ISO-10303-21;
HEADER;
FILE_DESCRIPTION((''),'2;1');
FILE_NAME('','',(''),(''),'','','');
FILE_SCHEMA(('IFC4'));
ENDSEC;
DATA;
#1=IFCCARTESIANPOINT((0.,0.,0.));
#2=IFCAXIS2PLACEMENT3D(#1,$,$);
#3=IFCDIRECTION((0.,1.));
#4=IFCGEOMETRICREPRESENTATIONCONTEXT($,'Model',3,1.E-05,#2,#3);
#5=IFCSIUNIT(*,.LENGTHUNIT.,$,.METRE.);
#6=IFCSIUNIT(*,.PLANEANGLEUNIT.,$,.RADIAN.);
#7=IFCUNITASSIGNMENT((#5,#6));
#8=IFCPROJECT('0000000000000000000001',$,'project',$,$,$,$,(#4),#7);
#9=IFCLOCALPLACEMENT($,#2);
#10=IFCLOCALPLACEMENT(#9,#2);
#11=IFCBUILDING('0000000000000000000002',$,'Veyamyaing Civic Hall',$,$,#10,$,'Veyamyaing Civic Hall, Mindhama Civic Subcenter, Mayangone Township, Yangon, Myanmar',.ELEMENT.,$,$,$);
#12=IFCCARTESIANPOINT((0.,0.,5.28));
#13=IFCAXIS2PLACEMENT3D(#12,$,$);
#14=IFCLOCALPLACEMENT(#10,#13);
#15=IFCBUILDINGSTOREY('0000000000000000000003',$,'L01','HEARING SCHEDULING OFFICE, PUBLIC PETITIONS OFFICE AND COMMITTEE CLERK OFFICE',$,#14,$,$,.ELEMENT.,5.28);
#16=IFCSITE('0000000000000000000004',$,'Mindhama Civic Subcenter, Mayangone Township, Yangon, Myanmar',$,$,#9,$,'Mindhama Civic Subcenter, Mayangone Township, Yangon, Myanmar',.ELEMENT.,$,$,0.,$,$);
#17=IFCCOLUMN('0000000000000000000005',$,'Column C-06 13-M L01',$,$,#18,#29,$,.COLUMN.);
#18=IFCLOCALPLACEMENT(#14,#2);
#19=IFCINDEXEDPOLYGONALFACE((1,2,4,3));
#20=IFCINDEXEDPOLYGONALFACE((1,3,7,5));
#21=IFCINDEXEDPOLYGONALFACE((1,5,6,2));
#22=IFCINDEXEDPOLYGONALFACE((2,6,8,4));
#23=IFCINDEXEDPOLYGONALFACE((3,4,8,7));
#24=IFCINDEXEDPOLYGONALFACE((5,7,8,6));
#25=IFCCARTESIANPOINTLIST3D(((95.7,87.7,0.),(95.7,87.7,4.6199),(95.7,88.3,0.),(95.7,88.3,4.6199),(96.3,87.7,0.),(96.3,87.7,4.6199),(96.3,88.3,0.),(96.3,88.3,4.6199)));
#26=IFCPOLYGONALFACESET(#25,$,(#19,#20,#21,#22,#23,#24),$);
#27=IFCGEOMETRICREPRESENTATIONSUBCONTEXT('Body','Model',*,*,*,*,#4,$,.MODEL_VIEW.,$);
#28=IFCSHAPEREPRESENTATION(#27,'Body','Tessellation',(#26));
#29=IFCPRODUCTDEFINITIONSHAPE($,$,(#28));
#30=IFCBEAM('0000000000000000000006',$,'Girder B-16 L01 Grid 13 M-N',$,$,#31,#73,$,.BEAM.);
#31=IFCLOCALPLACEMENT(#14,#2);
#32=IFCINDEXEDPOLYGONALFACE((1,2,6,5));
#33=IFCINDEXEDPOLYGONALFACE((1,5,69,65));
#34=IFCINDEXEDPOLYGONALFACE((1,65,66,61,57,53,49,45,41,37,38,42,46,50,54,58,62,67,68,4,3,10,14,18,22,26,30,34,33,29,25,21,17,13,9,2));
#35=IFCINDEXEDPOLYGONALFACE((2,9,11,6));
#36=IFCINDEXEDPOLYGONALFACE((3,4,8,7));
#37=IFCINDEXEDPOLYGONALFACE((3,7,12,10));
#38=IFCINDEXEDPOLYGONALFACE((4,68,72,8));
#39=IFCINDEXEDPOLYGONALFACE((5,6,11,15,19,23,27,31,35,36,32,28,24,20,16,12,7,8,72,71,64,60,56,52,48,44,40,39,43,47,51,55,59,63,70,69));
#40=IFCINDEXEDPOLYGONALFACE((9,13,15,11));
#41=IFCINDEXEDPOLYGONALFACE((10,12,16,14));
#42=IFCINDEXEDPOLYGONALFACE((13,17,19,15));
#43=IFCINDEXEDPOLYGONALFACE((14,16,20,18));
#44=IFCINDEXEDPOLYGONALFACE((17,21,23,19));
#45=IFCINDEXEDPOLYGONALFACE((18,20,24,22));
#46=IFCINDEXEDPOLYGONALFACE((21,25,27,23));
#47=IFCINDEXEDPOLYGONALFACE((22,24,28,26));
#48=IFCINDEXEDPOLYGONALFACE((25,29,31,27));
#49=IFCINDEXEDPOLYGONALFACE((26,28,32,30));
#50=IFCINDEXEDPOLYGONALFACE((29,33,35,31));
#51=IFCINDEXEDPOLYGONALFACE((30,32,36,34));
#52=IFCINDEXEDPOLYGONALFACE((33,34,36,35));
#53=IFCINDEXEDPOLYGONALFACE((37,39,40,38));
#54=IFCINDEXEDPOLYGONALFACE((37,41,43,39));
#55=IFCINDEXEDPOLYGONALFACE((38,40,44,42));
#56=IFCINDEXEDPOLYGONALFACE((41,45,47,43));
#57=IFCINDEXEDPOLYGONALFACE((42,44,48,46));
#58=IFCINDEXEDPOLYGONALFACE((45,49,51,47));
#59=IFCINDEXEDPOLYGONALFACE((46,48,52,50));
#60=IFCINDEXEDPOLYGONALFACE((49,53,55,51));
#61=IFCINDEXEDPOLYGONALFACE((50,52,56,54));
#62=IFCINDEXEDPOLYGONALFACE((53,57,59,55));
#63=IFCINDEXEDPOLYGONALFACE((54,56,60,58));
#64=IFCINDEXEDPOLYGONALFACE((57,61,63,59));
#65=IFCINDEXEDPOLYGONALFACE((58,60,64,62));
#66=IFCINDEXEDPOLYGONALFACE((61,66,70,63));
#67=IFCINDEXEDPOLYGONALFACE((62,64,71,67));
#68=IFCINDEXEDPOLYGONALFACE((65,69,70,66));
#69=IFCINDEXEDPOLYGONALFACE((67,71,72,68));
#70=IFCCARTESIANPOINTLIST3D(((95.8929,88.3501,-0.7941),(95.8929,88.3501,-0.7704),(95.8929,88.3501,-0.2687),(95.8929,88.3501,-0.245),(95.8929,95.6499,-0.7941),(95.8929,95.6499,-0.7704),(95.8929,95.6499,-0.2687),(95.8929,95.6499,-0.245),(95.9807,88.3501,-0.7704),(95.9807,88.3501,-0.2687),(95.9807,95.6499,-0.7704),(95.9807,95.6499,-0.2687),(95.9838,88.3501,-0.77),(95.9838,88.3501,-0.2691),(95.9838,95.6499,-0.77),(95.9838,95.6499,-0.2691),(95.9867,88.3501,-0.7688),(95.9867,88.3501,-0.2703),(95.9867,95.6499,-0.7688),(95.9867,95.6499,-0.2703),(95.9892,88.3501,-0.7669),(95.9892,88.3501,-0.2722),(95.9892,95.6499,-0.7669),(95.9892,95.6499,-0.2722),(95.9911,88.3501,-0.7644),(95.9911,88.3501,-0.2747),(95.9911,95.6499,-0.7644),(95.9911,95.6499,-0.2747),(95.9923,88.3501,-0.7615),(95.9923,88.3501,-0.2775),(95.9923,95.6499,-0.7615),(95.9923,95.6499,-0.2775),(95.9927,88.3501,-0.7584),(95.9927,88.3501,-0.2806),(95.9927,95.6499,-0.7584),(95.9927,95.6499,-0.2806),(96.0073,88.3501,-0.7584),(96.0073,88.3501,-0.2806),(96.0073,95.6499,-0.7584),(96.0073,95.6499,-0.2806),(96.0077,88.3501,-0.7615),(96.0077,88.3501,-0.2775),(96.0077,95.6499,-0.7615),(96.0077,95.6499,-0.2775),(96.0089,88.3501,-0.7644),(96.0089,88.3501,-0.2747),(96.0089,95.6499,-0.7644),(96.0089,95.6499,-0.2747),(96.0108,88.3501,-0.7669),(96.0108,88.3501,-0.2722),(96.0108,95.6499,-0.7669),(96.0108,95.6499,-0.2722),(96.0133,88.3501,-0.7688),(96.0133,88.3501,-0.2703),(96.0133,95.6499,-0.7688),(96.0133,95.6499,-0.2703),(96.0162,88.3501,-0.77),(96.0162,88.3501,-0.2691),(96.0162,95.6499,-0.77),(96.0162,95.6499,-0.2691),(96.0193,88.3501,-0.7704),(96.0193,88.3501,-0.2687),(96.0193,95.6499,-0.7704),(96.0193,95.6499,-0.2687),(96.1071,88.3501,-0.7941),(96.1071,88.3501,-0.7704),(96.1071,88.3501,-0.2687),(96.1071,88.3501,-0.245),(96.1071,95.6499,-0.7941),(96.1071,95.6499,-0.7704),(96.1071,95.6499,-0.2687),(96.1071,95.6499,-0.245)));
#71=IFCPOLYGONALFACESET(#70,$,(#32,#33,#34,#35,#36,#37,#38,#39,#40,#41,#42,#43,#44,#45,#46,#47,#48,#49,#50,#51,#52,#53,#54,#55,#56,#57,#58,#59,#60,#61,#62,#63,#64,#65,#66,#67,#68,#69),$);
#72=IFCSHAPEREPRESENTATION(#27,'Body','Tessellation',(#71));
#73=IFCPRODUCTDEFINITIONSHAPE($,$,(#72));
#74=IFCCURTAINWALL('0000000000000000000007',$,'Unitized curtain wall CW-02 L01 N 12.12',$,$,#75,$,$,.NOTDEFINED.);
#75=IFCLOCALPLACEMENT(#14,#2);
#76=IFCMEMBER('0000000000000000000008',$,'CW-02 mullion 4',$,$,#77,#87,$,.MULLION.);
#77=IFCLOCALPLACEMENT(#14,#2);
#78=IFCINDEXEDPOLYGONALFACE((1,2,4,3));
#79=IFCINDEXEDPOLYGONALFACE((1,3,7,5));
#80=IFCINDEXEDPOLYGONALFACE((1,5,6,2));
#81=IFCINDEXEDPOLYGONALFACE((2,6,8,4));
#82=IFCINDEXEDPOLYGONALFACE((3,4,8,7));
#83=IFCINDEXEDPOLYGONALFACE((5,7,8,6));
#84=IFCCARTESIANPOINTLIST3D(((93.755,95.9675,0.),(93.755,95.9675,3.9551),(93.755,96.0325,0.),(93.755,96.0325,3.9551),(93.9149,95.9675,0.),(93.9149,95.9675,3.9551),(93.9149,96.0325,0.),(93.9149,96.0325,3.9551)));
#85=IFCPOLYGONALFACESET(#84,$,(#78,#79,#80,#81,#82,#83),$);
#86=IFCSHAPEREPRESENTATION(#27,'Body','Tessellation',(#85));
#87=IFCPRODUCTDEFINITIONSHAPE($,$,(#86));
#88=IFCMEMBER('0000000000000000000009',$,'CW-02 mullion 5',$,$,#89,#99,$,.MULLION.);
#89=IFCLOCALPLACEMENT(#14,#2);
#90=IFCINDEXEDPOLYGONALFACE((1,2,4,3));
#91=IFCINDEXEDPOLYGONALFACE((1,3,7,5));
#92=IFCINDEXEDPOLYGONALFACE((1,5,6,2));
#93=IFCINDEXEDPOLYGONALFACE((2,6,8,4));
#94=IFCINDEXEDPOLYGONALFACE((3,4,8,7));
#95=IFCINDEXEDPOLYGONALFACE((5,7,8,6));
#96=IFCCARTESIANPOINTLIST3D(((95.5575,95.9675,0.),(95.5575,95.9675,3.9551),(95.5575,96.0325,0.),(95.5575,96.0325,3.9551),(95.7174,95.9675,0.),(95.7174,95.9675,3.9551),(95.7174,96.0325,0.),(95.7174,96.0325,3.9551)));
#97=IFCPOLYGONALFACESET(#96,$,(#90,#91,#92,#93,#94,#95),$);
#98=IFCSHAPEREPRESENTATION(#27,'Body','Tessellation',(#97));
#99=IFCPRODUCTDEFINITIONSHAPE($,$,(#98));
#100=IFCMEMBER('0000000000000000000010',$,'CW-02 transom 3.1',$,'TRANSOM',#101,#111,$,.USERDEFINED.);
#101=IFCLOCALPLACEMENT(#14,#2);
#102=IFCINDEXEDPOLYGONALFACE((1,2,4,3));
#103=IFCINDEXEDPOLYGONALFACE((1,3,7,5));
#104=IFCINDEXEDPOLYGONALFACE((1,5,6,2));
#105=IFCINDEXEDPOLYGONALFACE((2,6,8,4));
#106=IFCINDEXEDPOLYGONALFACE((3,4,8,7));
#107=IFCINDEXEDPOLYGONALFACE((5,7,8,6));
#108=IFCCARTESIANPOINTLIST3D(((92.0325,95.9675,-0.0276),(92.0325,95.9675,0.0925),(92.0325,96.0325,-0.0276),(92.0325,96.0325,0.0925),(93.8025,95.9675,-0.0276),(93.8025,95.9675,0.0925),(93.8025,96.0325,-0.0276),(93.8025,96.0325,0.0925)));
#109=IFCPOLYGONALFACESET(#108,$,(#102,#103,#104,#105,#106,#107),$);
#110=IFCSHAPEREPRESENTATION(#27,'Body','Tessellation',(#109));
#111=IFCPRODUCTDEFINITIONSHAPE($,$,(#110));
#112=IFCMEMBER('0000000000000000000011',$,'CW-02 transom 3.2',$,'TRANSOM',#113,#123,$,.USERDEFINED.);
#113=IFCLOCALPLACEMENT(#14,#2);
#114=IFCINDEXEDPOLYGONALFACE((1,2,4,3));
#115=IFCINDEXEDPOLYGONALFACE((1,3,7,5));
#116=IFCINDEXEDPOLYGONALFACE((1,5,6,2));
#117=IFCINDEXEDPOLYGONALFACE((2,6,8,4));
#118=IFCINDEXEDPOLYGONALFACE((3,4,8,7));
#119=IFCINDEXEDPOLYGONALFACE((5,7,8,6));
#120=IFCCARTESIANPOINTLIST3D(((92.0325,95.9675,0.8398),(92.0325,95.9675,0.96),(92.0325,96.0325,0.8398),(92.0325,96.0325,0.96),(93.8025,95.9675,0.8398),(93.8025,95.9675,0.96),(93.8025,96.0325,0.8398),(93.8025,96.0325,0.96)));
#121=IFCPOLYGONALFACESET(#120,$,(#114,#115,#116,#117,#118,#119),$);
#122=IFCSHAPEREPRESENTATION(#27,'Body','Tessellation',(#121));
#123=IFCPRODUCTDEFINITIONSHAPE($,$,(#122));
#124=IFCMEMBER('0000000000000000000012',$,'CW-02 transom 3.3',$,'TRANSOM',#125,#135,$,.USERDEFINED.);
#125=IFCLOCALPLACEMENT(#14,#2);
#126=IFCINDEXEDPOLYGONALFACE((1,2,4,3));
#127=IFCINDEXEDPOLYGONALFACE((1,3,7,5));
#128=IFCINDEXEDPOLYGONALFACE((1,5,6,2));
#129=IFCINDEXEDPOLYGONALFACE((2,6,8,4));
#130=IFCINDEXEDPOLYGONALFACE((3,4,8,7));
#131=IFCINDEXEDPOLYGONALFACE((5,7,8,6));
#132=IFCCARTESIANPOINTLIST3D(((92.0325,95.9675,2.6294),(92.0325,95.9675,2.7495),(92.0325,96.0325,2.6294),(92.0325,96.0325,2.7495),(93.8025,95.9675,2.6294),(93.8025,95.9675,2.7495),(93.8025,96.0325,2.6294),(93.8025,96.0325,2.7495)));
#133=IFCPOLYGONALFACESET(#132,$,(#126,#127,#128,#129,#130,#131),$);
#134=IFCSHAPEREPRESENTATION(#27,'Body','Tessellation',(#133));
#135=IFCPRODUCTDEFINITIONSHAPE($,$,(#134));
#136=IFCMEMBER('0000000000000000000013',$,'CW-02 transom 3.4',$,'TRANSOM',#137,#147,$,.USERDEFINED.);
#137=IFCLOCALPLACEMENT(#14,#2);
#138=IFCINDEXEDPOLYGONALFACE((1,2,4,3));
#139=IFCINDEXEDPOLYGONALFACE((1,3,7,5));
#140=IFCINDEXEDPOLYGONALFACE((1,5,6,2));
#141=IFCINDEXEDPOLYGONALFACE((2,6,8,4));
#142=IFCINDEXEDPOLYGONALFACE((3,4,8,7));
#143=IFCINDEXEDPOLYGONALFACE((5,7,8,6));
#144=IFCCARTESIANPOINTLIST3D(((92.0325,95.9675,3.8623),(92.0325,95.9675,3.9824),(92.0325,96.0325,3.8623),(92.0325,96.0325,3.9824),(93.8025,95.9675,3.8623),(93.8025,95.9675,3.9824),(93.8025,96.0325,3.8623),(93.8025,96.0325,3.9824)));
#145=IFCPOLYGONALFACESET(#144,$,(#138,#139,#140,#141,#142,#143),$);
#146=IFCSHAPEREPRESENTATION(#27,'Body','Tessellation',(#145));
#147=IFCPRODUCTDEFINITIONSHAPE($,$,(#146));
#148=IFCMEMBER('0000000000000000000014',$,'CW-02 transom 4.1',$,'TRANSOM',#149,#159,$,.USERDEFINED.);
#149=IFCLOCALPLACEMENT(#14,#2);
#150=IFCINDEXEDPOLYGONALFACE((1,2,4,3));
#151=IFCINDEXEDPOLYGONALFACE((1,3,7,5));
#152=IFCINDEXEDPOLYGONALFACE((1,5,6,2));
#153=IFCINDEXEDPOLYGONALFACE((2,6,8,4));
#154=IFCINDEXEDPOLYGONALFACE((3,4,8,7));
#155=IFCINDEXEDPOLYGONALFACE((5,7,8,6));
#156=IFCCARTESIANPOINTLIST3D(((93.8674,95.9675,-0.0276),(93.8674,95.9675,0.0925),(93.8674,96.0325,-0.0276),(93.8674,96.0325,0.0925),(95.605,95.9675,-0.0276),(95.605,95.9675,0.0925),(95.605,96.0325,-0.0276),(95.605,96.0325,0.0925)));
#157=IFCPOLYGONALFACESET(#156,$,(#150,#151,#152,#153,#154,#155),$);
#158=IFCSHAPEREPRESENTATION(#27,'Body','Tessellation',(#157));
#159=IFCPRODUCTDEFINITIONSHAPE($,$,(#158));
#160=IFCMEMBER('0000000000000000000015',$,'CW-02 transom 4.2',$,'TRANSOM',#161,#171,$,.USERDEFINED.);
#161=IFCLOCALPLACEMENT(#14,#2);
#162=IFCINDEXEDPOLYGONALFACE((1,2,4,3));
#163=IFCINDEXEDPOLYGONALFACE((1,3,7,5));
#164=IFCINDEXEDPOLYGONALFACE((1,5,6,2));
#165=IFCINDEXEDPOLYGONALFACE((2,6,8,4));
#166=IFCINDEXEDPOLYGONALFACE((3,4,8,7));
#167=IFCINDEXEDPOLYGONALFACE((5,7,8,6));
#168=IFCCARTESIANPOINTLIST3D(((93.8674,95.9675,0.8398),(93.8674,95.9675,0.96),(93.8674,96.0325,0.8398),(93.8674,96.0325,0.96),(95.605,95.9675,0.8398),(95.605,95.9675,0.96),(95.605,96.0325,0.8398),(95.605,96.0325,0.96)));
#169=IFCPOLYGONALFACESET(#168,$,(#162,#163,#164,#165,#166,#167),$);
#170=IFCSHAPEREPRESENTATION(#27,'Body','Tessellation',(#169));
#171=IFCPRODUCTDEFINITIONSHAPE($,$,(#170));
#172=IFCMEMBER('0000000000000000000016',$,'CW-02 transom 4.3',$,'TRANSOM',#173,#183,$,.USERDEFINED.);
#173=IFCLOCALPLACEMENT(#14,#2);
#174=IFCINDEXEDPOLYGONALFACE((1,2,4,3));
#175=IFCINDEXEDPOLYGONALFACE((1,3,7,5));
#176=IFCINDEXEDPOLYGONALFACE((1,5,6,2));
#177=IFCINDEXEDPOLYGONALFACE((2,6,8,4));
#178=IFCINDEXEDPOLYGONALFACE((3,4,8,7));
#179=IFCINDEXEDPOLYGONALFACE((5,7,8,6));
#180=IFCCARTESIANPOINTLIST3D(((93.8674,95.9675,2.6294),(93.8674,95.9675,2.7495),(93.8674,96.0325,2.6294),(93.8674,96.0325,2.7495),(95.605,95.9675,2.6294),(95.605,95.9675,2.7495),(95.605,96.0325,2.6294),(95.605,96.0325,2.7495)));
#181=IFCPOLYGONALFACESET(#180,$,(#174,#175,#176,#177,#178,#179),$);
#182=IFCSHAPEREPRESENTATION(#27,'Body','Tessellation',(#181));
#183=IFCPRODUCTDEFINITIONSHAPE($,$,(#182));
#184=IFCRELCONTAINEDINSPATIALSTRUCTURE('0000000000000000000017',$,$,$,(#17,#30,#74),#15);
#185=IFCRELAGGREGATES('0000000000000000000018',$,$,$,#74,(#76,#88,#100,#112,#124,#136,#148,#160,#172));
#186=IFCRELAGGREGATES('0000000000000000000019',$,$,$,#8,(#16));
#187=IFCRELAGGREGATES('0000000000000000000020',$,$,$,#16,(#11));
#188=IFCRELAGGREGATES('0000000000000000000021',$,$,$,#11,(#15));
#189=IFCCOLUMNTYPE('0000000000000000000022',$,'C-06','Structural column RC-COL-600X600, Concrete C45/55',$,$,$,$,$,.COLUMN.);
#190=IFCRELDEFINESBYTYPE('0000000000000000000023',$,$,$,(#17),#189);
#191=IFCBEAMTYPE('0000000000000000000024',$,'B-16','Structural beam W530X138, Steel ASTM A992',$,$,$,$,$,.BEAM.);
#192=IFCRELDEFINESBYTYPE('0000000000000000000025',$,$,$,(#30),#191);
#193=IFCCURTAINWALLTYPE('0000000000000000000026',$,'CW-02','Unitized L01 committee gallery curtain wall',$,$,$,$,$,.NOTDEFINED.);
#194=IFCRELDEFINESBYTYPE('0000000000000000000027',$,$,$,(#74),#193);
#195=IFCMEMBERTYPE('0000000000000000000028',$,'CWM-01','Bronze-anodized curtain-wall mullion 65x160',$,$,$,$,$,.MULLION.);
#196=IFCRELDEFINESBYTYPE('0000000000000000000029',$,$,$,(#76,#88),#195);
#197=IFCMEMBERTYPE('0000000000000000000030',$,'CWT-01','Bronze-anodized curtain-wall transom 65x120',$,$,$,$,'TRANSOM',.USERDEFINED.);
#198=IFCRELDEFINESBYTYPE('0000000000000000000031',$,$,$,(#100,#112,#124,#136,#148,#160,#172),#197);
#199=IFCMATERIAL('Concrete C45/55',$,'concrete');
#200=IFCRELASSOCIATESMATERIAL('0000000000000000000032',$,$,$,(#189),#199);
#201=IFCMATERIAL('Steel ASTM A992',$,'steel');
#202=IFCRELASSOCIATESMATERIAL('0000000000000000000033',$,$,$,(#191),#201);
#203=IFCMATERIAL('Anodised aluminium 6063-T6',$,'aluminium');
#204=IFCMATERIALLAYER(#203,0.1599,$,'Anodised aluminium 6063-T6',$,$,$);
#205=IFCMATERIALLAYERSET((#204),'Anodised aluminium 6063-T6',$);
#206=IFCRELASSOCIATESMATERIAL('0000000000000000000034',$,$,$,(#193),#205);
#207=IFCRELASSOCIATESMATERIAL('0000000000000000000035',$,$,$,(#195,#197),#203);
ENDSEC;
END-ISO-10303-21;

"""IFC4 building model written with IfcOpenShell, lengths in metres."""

from ifc_helpers import new_model, si_unit, direction, frame, origin, origin_2d, place, context, subcontext, project, spatial, rectangle, i_section, extrude, material, layer, layer_set, material_profile, profile_set, type_object, element, aggregate, save


model = new_model("IFC4")

# Units and contexts
model_context = context("Model", 3, precision=1e-05, world=origin(), true_north=direction((0.0, 1.0)))
body_context = subcontext(model_context, "Body", "Model", "MODEL_VIEW")
ifc_project = project(units=[si_unit("LENGTHUNIT", "METRE"), si_unit("PLANEANGLEUNIT", "RADIAN")], contexts=[model_context])

# Site, building, storey
site_placement = place(None, origin())
site = spatial("IfcSite", under=ifc_project, at=site_placement, Name="Mindhama Civic Subcenter, Mayangone Township, Yangon, Myanmar", LongName="Mindhama Civic Subcenter, Mayangone Township, Yangon, Myanmar", CompositionType="ELEMENT", RefElevation=0.0)
building_placement = place(site_placement, origin())
building = spatial("IfcBuilding", under=site, at=building_placement, Name="Veyamyaing Civic Hall", LongName="Veyamyaing Civic Hall, Mindhama Civic Subcenter, Mayangone Township, Yangon, Myanmar", CompositionType="ELEMENT")
storey_placement = place(building_placement, frame((0.0, 0.0, 5.28)))
storey = spatial("IfcBuildingStorey", under=building, at=storey_placement, Name="L01", Description="HEARING SCHEDULING OFFICE, PUBLIC PETITIONS OFFICE AND COMMITTEE CLERK OFFICE", CompositionType="ELEMENT", Elevation=5.28)

# Column
ifc_material_1 = material(Name="Concrete C45/55", Category="concrete")
ifc_material_profile_1 = material_profile(ifc_material_1, rectangle(XDim=0.6001, YDim=0.6001, at=origin_2d()), Name="RC-COL-600X600")
ifc_profile_set_1 = profile_set([ifc_material_profile_1], Name="Concrete C45/55")
column_type = type_object("IfcColumnType", Name="C-06", Description="Structural column RC-COL-600X600, Concrete C45/55", PredefinedType="COLUMN", material=ifc_profile_set_1)
column_placement = place(storey_placement, frame((96.0, 88.0, 0.0), z_axis=(0.0, 0.0, 1.0), x_axis=(1.0, 0.0, 0.0)))
element("IfcColumn", 1, at=column_placement, inside=storey, type_object=column_type, Name="Column C-06 13-M L01", PredefinedType="COLUMN", context=body_context, shape_type="SweptSolid", body=[
    extrude(rectangle(XDim=0.6001, YDim=0.6001, at=origin_2d()), origin(), (0.0, 0.0, 1.0), 4.6199),
])

# Beam
ifc_material_2 = material(Name="Steel ASTM A992", Category="steel")
ifc_material_profile_2 = material_profile(ifc_material_2, i_section(OverallWidth=0.2141, OverallDepth=0.5491, WebThickness=0.0146, FlangeThickness=0.0237, FilletRadius=0.012, at=origin_2d()), Name="W530X138")
ifc_profile_set_2 = profile_set([ifc_material_profile_2], Name="Steel ASTM A992")
beam_type = type_object("IfcBeamType", Name="B-16", Description="Structural beam W530X138, Steel ASTM A992", PredefinedType="BEAM", material=ifc_profile_set_2)
beam_placement = place(storey_placement, frame((96.0, 88.3501, -0.5195), z_axis=(0.0, 1.0, 0.0), x_axis=(-1.0, 0.0, 0.0)))
element("IfcBeam", 2, at=beam_placement, inside=storey, type_object=beam_type, Name="Girder B-16 L01 Grid 13 M-N", PredefinedType="BEAM", context=body_context, shape_type="SweptSolid", body=[
    extrude(i_section(OverallWidth=0.2141, OverallDepth=0.5491, WebThickness=0.0146, FlangeThickness=0.0237, FilletRadius=0.012, at=origin_2d()), origin(), (0.0, 0.0, 1.0), 7.2998),
])

# Curtain wall, members
ifc_material_3 = material(Name="Anodised aluminium 6063-T6", Category="aluminium")
ifc_layer_1 = layer(ifc_material_3, 0.1599, Name="Anodised aluminium 6063-T6")
ifc_layer_set_1 = layer_set([ifc_layer_1], Name="Anodised aluminium 6063-T6")
curtain_wall_type = type_object("IfcCurtainWallType", Name="CW-02", Description="Unitized L01 committee gallery curtain wall", PredefinedType="NOTDEFINED", material=ifc_layer_set_1)
curtain_wall_placement = place(storey_placement, origin())
curtain_wall = element("IfcCurtainWall", 3, at=curtain_wall_placement, inside=storey, type_object=curtain_wall_type, Name="Unitized curtain wall CW-02 L01 N 12.12", PredefinedType="NOTDEFINED")
ifc_material_profile_3 = material_profile(ifc_material_3, rectangle(XDim=0.0649, YDim=0.1599, at=origin_2d()), Name="ALU-MUL-65X160")
ifc_profile_set_3 = profile_set([ifc_material_profile_3], Name="Anodised aluminium 6063-T6")
member_type_1 = type_object("IfcMemberType", Name="CWM-01", Description="Bronze-anodized curtain-wall mullion 65x160", PredefinedType="MULLION", material=ifc_profile_set_3)
member_1_placement = place(storey_placement, frame((93.835, 96.0, 0.0), z_axis=(0.0, 0.0, 1.0), x_axis=(0.0, 1.0, 0.0)))
member_1 = element("IfcMember", 4, at=member_1_placement, type_object=member_type_1, Name="CW-02 mullion 4", PredefinedType="MULLION", context=body_context, shape_type="SweptSolid", body=[
    extrude(rectangle(XDim=0.0649, YDim=0.1599, at=origin_2d()), origin(), (0.0, 0.0, 1.0), 3.9551),
])
member_2_placement = place(storey_placement, frame((95.6375, 96.0, 0.0), z_axis=(0.0, 0.0, 1.0), x_axis=(0.0, 1.0, 0.0)))
member_2 = element("IfcMember", 5, at=member_2_placement, type_object=member_type_1, Name="CW-02 mullion 5", PredefinedType="MULLION", context=body_context, shape_type="SweptSolid", body=[
    extrude(rectangle(XDim=0.0649, YDim=0.1599, at=origin_2d()), origin(), (0.0, 0.0, 1.0), 3.9551),
])
ifc_material_profile_4 = material_profile(ifc_material_3, rectangle(XDim=0.0649, YDim=0.1201, at=origin_2d()), Name="ALU-TRN-65X120")
ifc_profile_set_4 = profile_set([ifc_material_profile_4], Name="Anodised aluminium 6063-T6")
member_type_2 = type_object("IfcMemberType", Name="CWT-01", Description="Bronze-anodized curtain-wall transom 65x120", ElementType="TRANSOM", PredefinedType="USERDEFINED", material=ifc_profile_set_4)
member_3_placement = place(storey_placement, frame((92.0325, 96.0, 0.0325), z_axis=(1.0, 0.0, 0.0), x_axis=(0.0, 1.0, 0.0)))
member_3 = element("IfcMember", 6, at=member_3_placement, type_object=member_type_2, Name="CW-02 transom 3.1", ObjectType="TRANSOM", PredefinedType="USERDEFINED", context=body_context, shape_type="SweptSolid", body=[
    extrude(rectangle(XDim=0.0649, YDim=0.1201, at=origin_2d()), origin(), (0.0, 0.0, 1.0), 1.77),
])
member_4_placement = place(storey_placement, frame((92.0325, 96.0, 0.8999), z_axis=(1.0, 0.0, 0.0), x_axis=(0.0, 1.0, 0.0)))
member_4 = element("IfcMember", 7, at=member_4_placement, type_object=member_type_2, Name="CW-02 transom 3.2", ObjectType="TRANSOM", PredefinedType="USERDEFINED", context=body_context, shape_type="SweptSolid", body=[
    extrude(rectangle(XDim=0.0649, YDim=0.1201, at=origin_2d()), origin(), (0.0, 0.0, 1.0), 1.77),
])
member_5_placement = place(storey_placement, frame((92.0325, 96.0, 2.6895), z_axis=(1.0, 0.0, 0.0), x_axis=(0.0, 1.0, 0.0)))
member_5 = element("IfcMember", 8, at=member_5_placement, type_object=member_type_2, Name="CW-02 transom 3.3", ObjectType="TRANSOM", PredefinedType="USERDEFINED", context=body_context, shape_type="SweptSolid", body=[
    extrude(rectangle(XDim=0.0649, YDim=0.1201, at=origin_2d()), origin(), (0.0, 0.0, 1.0), 1.77),
])
member_6_placement = place(storey_placement, frame((92.0325, 96.0, 3.9224), z_axis=(1.0, 0.0, 0.0), x_axis=(0.0, 1.0, 0.0)))
member_6 = element("IfcMember", 9, at=member_6_placement, type_object=member_type_2, Name="CW-02 transom 3.4", ObjectType="TRANSOM", PredefinedType="USERDEFINED", context=body_context, shape_type="SweptSolid", body=[
    extrude(rectangle(XDim=0.0649, YDim=0.1201, at=origin_2d()), origin(), (0.0, 0.0, 1.0), 1.77),
])
member_7_placement = place(storey_placement, frame((93.8674, 96.0, 0.0325), z_axis=(1.0, 0.0, 0.0), x_axis=(0.0, 1.0, 0.0)))
member_7 = element("IfcMember", 10, at=member_7_placement, type_object=member_type_2, Name="CW-02 transom 4.1", ObjectType="TRANSOM", PredefinedType="USERDEFINED", context=body_context, shape_type="SweptSolid", body=[
    extrude(rectangle(XDim=0.0649, YDim=0.1201, at=origin_2d()), origin(), (0.0, 0.0, 1.0), 1.7375),
])
member_8_placement = place(storey_placement, frame((93.8674, 96.0, 0.8999), z_axis=(1.0, 0.0, 0.0), x_axis=(0.0, 1.0, 0.0)))
member_8 = element("IfcMember", 11, at=member_8_placement, type_object=member_type_2, Name="CW-02 transom 4.2", ObjectType="TRANSOM", PredefinedType="USERDEFINED", context=body_context, shape_type="SweptSolid", body=[
    extrude(rectangle(XDim=0.0649, YDim=0.1201, at=origin_2d()), origin(), (0.0, 0.0, 1.0), 1.7375),
])
member_9_placement = place(storey_placement, frame((93.8674, 96.0, 2.6895), z_axis=(1.0, 0.0, 0.0), x_axis=(0.0, 1.0, 0.0)))
member_9 = element("IfcMember", 12, at=member_9_placement, type_object=member_type_2, Name="CW-02 transom 4.3", ObjectType="TRANSOM", PredefinedType="USERDEFINED", context=body_context, shape_type="SweptSolid", body=[
    extrude(rectangle(XDim=0.0649, YDim=0.1201, at=origin_2d()), origin(), (0.0, 0.0, 1.0), 1.7375),
])
aggregate(curtain_wall, [member_1, member_2, member_3, member_4, member_5, member_6, member_7, member_8, member_9])

save(model, "model.ifc")
